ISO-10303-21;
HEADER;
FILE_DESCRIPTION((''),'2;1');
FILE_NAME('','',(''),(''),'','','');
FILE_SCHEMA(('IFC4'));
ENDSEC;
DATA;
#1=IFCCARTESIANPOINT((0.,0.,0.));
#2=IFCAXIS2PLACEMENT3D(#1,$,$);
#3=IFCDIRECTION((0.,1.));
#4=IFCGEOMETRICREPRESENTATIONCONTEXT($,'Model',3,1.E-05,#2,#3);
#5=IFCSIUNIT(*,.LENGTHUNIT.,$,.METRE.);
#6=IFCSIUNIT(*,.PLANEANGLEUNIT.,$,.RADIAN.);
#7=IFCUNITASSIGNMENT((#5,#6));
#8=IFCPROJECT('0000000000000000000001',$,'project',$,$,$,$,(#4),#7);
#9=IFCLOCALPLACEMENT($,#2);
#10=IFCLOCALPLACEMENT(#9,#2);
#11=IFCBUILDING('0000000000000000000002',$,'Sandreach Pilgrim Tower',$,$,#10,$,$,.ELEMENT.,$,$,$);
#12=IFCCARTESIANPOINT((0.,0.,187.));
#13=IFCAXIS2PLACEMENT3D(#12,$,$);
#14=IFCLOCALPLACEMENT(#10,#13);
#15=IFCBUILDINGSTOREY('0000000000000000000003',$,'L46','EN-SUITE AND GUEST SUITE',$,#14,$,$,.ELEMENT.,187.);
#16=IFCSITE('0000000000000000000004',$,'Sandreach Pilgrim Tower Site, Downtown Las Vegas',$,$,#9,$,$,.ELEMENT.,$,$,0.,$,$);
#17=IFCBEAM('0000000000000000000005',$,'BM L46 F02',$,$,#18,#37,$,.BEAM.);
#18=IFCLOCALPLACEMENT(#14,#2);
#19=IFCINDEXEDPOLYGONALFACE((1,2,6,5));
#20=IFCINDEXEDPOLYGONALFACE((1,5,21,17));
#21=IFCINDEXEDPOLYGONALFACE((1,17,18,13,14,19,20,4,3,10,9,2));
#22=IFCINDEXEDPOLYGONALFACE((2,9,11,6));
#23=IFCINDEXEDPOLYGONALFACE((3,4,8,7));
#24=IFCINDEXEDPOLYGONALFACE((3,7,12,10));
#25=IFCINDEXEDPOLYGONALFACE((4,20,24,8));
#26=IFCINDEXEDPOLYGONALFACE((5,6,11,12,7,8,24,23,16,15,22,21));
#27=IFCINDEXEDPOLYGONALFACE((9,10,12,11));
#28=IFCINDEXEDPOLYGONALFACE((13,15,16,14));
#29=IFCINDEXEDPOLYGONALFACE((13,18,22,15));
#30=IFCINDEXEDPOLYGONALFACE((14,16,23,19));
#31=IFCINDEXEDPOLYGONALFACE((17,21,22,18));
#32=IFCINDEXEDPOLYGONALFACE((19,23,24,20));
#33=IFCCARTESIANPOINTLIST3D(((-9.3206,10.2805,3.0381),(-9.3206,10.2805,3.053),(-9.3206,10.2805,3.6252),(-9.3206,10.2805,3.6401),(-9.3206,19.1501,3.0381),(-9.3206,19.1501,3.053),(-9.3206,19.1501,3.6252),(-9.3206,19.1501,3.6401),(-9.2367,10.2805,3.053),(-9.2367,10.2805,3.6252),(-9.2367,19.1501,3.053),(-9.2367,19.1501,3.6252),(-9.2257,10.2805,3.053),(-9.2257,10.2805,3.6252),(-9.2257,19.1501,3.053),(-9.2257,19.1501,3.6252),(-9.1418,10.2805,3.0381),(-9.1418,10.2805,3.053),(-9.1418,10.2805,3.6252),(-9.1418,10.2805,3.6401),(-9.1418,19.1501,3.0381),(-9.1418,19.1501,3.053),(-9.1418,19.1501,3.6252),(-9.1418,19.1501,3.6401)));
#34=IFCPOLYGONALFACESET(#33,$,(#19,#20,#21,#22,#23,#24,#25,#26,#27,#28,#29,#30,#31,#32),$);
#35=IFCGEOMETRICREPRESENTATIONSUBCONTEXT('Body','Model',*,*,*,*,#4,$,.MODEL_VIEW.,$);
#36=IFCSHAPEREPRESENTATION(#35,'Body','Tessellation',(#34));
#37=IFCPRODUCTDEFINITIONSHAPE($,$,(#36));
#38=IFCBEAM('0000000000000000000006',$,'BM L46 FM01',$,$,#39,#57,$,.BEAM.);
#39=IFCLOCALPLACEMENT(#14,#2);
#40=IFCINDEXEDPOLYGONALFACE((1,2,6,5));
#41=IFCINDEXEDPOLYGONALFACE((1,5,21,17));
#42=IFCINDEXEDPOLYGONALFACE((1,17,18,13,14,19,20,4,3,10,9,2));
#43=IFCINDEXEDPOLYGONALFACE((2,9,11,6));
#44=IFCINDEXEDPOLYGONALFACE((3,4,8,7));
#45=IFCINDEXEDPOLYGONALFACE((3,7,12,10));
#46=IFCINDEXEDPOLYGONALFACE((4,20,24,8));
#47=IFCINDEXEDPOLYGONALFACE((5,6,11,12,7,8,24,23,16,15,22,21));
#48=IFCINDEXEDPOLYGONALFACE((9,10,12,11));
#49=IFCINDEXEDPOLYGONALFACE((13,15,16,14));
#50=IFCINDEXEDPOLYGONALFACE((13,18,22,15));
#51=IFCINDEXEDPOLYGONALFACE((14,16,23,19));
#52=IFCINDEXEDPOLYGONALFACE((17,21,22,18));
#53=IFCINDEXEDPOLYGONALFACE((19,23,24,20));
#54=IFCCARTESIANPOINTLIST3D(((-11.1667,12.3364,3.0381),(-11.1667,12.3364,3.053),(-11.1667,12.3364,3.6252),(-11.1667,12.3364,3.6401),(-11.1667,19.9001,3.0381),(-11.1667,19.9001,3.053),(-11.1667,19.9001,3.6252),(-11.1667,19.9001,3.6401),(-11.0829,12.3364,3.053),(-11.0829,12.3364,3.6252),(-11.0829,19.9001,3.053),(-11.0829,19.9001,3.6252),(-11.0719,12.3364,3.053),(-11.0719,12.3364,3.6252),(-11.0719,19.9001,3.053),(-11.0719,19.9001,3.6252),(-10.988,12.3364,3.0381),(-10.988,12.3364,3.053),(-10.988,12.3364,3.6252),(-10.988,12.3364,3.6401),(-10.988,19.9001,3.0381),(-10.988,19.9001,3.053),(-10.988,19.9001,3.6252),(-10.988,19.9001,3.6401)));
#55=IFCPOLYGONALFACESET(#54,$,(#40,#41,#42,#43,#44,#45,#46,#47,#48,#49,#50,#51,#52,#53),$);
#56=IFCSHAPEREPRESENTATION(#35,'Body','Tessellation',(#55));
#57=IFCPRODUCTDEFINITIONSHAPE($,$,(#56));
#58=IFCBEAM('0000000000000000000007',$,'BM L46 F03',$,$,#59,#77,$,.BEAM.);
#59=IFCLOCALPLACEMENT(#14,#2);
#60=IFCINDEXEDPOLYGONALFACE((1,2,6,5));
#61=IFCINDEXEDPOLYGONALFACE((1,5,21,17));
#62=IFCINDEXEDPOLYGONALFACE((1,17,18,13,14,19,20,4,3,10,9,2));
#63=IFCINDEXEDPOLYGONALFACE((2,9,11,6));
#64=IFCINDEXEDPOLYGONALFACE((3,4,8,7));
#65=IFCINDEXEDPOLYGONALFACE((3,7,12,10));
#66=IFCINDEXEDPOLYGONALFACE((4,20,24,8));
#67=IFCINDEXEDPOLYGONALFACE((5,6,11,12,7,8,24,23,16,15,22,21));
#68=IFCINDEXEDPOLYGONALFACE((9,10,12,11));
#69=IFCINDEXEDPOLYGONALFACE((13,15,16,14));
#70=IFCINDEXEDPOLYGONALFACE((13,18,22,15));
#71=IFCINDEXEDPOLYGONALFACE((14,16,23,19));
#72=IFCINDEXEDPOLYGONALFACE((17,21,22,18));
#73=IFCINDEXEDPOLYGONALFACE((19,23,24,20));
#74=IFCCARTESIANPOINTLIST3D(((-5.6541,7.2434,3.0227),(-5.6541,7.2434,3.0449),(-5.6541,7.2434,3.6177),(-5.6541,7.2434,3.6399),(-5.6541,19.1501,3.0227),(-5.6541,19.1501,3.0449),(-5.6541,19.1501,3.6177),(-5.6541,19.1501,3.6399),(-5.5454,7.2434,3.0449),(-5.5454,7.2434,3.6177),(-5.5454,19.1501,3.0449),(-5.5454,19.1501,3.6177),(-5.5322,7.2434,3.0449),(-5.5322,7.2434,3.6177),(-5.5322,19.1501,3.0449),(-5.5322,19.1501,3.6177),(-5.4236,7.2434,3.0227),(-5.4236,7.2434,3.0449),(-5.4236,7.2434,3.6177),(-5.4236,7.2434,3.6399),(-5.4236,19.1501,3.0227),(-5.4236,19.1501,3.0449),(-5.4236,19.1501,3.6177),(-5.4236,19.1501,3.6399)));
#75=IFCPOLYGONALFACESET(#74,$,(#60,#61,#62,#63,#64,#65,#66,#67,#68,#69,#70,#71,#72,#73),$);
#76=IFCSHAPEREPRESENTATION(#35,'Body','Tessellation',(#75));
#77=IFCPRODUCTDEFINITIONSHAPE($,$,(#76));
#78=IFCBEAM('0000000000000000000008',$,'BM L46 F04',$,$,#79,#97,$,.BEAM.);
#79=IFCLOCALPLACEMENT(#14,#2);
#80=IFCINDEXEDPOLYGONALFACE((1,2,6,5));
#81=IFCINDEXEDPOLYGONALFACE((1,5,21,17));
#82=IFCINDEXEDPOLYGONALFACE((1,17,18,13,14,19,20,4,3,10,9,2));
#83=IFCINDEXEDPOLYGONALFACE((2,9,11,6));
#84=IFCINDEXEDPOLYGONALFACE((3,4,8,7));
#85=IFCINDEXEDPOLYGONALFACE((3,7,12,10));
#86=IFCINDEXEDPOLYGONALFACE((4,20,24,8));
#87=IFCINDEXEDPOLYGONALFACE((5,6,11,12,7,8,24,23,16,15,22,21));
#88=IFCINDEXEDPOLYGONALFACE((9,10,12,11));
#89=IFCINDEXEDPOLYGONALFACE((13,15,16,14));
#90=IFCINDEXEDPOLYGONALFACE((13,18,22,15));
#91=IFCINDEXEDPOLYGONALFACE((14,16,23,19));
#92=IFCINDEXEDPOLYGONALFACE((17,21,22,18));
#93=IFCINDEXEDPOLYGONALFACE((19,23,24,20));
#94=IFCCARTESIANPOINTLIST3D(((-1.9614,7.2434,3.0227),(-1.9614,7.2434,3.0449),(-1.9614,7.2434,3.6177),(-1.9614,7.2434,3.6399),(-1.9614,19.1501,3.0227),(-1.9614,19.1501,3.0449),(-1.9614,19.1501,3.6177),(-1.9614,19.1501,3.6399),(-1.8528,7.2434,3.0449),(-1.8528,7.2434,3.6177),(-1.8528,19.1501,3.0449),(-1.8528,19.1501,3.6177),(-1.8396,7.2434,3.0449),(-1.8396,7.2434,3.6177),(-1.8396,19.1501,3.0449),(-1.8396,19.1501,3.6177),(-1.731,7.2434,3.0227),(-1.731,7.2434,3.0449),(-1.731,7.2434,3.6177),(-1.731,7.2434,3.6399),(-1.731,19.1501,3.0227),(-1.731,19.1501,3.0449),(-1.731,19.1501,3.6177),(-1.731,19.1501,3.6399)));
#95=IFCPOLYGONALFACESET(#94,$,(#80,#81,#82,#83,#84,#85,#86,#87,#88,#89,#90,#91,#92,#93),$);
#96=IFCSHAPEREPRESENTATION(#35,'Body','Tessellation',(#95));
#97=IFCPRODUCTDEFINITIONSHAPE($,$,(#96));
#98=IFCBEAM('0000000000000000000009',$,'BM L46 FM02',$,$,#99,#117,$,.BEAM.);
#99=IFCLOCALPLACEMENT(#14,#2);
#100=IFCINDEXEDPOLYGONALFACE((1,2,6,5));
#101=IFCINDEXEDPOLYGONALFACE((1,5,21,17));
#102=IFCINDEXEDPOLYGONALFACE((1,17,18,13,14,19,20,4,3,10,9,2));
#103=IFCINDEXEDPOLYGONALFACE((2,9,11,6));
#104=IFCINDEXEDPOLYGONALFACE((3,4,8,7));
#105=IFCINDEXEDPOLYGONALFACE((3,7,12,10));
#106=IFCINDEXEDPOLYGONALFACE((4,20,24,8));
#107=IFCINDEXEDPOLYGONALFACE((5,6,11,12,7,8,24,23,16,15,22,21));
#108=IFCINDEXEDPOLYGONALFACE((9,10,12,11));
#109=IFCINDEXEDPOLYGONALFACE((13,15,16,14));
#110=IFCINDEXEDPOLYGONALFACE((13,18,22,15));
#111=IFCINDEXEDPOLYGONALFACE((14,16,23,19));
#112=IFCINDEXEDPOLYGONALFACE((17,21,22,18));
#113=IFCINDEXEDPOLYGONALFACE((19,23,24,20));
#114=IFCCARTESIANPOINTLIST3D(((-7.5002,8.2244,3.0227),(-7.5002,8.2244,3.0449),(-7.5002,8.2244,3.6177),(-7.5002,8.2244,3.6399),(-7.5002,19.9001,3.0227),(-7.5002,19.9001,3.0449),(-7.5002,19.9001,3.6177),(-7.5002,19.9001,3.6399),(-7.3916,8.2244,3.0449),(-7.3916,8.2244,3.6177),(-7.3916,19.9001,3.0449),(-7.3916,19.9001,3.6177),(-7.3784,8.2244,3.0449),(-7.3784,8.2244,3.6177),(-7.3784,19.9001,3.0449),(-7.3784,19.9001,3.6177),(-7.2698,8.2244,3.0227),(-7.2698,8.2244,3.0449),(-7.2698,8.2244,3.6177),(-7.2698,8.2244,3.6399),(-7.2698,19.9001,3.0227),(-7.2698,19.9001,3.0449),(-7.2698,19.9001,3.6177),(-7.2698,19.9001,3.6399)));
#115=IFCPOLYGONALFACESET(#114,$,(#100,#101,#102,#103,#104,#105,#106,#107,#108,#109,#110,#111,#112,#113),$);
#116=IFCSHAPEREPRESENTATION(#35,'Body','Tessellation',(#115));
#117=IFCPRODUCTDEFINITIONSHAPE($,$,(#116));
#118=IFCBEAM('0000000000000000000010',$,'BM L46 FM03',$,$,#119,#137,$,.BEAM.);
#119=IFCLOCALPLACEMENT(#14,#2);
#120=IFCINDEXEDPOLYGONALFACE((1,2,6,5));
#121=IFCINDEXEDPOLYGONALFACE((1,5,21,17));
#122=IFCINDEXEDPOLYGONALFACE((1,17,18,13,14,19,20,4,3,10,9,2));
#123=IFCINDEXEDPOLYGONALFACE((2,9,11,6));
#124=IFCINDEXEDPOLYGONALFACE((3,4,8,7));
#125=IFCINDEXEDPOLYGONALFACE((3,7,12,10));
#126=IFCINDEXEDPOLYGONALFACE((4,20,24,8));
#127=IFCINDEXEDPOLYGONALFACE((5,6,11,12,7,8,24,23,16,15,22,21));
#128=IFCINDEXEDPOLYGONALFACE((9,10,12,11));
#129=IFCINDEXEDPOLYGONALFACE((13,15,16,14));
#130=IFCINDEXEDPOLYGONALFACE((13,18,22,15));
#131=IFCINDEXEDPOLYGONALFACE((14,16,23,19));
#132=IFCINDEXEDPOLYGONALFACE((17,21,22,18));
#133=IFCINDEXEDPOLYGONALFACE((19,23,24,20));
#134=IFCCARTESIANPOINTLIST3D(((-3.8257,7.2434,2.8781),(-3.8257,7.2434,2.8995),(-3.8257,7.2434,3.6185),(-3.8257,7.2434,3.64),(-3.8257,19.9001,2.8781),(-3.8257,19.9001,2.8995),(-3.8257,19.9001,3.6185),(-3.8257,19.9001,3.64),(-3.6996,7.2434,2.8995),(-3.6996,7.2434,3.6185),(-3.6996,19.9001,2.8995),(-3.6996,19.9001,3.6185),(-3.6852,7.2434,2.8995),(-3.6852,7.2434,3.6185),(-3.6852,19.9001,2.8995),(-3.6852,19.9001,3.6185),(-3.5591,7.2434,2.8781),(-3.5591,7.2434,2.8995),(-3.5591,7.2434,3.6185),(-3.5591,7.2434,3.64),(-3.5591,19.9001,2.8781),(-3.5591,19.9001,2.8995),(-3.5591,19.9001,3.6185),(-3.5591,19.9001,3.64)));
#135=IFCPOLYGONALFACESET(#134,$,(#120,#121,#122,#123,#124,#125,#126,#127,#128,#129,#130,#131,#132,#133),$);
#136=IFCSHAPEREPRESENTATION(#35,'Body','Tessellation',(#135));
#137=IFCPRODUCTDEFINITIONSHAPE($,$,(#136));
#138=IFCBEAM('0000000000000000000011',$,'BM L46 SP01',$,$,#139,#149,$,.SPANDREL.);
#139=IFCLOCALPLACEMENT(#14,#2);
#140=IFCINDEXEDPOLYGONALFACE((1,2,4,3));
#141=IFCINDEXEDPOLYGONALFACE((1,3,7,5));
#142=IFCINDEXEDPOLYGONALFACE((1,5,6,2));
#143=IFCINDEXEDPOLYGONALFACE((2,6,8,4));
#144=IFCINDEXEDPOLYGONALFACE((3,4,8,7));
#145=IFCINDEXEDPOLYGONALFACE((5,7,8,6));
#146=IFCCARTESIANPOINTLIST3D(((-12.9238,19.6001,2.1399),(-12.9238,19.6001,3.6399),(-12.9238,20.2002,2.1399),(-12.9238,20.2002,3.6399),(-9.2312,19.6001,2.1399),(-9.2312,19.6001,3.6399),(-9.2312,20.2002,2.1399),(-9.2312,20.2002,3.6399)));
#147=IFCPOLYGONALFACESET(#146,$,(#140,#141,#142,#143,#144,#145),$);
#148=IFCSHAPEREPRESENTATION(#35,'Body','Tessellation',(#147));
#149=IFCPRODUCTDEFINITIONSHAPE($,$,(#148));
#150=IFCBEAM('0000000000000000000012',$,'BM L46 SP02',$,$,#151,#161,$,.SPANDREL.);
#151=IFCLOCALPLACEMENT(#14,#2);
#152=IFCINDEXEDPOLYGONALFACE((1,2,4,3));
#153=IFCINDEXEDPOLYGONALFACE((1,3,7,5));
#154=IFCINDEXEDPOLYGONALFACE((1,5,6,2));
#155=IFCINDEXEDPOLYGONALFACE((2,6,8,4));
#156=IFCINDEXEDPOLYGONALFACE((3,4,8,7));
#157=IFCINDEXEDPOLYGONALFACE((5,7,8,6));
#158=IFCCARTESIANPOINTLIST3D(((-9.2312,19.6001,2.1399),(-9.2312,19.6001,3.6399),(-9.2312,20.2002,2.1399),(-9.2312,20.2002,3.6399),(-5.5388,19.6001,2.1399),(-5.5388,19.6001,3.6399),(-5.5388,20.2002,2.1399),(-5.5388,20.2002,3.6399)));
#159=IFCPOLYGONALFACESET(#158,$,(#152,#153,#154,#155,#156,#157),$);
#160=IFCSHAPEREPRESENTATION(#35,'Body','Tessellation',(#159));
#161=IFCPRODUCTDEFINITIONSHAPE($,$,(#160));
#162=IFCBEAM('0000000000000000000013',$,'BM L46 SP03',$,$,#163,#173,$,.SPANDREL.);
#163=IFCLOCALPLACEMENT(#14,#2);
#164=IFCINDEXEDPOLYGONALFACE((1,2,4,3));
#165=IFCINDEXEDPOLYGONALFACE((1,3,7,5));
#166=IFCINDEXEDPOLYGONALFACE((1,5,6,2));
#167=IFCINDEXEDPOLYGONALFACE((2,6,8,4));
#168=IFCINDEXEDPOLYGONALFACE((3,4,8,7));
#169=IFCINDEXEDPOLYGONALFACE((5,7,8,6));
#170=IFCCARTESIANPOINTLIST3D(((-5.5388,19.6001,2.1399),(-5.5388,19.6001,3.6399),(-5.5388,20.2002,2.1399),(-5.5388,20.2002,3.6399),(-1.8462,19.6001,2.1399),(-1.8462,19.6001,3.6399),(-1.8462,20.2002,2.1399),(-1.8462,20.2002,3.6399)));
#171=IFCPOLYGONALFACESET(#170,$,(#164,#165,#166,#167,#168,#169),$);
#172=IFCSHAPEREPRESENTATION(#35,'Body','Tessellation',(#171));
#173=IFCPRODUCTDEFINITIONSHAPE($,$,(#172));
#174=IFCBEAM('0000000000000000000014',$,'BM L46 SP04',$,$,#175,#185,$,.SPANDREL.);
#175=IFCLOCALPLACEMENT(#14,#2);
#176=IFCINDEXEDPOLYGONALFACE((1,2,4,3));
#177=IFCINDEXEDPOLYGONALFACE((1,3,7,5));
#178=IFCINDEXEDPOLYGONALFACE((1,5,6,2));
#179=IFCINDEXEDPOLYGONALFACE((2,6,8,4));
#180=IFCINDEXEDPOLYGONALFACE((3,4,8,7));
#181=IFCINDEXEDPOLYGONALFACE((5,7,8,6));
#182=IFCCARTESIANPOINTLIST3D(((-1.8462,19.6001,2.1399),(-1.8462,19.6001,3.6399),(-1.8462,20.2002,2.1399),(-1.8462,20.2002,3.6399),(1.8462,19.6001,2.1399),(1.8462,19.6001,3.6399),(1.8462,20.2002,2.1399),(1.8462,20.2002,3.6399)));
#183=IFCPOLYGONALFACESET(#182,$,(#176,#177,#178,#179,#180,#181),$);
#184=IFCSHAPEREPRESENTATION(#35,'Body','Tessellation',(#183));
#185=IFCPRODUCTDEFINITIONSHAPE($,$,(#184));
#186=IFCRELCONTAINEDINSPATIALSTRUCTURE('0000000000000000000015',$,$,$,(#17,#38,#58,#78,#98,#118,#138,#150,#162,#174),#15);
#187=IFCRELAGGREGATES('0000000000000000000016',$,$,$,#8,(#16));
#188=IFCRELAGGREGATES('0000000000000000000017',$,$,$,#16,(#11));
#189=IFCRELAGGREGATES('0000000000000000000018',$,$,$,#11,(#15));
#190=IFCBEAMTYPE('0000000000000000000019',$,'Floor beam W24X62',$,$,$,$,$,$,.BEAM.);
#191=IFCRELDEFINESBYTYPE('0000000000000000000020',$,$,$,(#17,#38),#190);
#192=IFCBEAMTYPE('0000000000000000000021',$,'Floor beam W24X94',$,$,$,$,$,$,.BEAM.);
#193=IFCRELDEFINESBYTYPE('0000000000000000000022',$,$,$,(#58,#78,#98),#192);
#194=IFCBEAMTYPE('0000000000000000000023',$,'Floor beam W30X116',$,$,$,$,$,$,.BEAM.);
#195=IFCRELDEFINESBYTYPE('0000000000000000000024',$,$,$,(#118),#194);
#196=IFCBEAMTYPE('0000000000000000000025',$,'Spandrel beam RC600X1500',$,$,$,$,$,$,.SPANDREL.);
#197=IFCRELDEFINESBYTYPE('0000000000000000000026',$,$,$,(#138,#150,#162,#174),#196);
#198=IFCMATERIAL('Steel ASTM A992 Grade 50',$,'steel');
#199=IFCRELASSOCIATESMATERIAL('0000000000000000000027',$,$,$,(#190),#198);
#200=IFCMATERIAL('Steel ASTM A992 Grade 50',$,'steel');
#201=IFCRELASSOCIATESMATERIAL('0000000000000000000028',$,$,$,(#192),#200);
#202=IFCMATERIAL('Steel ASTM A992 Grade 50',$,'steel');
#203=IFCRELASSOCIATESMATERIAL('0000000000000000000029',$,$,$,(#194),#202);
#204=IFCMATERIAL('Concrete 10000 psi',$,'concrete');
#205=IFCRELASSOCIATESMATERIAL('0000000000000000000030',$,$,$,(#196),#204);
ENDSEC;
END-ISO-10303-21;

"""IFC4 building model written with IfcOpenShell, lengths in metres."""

from ifc_helpers import new_model, si_unit, direction, frame, origin, origin_2d, place, context, subcontext, project, spatial, rectangle, i_section, extrude, material, material_profile, profile_set, type_object, element, save


model = new_model("IFC4")

# Units and contexts
model_context = context("Model", 3, precision=1e-05, world=origin(), true_north=direction((0.0, 1.0)))
body_context = subcontext(model_context, "Body", "Model", "MODEL_VIEW")
ifc_project = project(units=[si_unit("LENGTHUNIT", "METRE"), si_unit("PLANEANGLEUNIT", "RADIAN")], contexts=[model_context])

# Site, building, storey
site_placement = place(None, origin())
site = spatial("IfcSite", under=ifc_project, at=site_placement, Name="Sandreach Pilgrim Tower Site, Downtown Las Vegas", CompositionType="ELEMENT", RefElevation=0.0)
building_placement = place(site_placement, origin())
building = spatial("IfcBuilding", under=site, at=building_placement, Name="Sandreach Pilgrim Tower", CompositionType="ELEMENT")
storey_placement = place(building_placement, frame((0.0, 0.0, 187.0)))
storey = spatial("IfcBuildingStorey", under=building, at=storey_placement, Name="L46", Description="EN-SUITE AND GUEST SUITE", CompositionType="ELEMENT", Elevation=187.0)

# Beams
ifc_material_1 = material(Name="Steel ASTM A992 Grade 50", Category="steel")
ifc_material_profile_1 = material_profile(ifc_material_1, i_section(OverallWidth=0.1787, OverallDepth=0.6021, WebThickness=0.011, FlangeThickness=0.0149, at=origin_2d()), Name="W24X62")
ifc_profile_set_1 = profile_set([ifc_material_profile_1], Name="Steel ASTM A992 Grade 50")
beam_type_1 = type_object("IfcBeamType", Name="Floor beam W24X62", PredefinedType="BEAM", material=ifc_profile_set_1)
beam_1_placement = place(storey_placement, frame((-9.2312, 19.1501, 3.3391), z_axis=(0.0, -1.0, 0.0), x_axis=(1.0, 0.0, 0.0)))
element("IfcBeam", 1, at=beam_1_placement, inside=storey, type_object=beam_type_1, Name="BM L46 F02", PredefinedType="BEAM", context=body_context, shape_type="SweptSolid", body=[
    extrude(i_section(OverallWidth=0.1787, OverallDepth=0.6021, WebThickness=0.011, FlangeThickness=0.0149, at=origin_2d()), origin(), (0.0, 0.0, 1.0), 8.8696),
])
beam_2_placement = place(storey_placement, frame((-11.0774, 19.9001, 3.3391), z_axis=(0.0, -1.0, 0.0), x_axis=(1.0, 0.0, 0.0)))
element("IfcBeam", 2, at=beam_2_placement, inside=storey, type_object=beam_type_1, Name="BM L46 FM01", PredefinedType="BEAM", context=body_context, shape_type="SweptSolid", body=[
    extrude(i_section(OverallWidth=0.1787, OverallDepth=0.6021, WebThickness=0.011, FlangeThickness=0.0149, at=origin_2d()), origin(), (0.0, 0.0, 1.0), 7.5637),
])
ifc_material_2 = material(Name="Steel ASTM A992 Grade 50", Category="steel")
ifc_material_profile_2 = material_profile(ifc_material_2, i_section(OverallWidth=0.2305, OverallDepth=0.6172, WebThickness=0.0132, FlangeThickness=0.0222, at=origin_2d()), Name="W24X94")
ifc_profile_set_2 = profile_set([ifc_material_profile_2], Name="Steel ASTM A992 Grade 50")
beam_type_2 = type_object("IfcBeamType", Name="Floor beam W24X94", PredefinedType="BEAM", material=ifc_profile_set_2)
for number, where, z_axis, x_axis, name in (
    (3, (-5.5388, 19.1501, 3.3313), (0.0, -1.0, 0.0), (1.0, 0.0, 0.0), "BM L46 F03"),
    (4, (-1.8462, 19.1501, 3.3313), (0.0, -1.0, 0.0), (1.0, 0.0, 0.0), "BM L46 F04"),
):
    element("IfcBeam", number, at=place(storey_placement, frame(where, z_axis=z_axis, x_axis=x_axis)), inside=storey, type_object=beam_type_2, Name=name, PredefinedType="BEAM", context=body_context, shape_type="SweptSolid", body=[
        extrude(i_section(OverallWidth=0.2305, OverallDepth=0.6172, WebThickness=0.0132, FlangeThickness=0.0222, at=origin_2d()), origin(), (0.0, 0.0, 1.0), 11.9067),
    ])
beam_3_placement = place(storey_placement, frame((-7.385, 19.9001, 3.3313), z_axis=(0.0, -1.0, 0.0), x_axis=(1.0, 0.0, 0.0)))
element("IfcBeam", 5, at=beam_3_placement, inside=storey, type_object=beam_type_2, Name="BM L46 FM02", PredefinedType="BEAM", context=body_context, shape_type="SweptSolid", body=[
    extrude(i_section(OverallWidth=0.2305, OverallDepth=0.6172, WebThickness=0.0132, FlangeThickness=0.0222, at=origin_2d()), origin(), (0.0, 0.0, 1.0), 11.6758),
])
ifc_material_3 = material(Name="Steel ASTM A992 Grade 50", Category="steel")
ifc_material_profile_3 = material_profile(ifc_material_3, i_section(OverallWidth=0.2666, OverallDepth=0.762, WebThickness=0.0144, FlangeThickness=0.0215, at=origin_2d()), Name="W30X116")
ifc_profile_set_3 = profile_set([ifc_material_profile_3], Name="Steel ASTM A992 Grade 50")
beam_type_3 = type_object("IfcBeamType", Name="Floor beam W30X116", PredefinedType="BEAM", material=ifc_profile_set_3)
beam_4_placement = place(storey_placement, frame((-3.6924, 19.9001, 3.259), z_axis=(0.0, -1.0, 0.0), x_axis=(1.0, 0.0, 0.0)))
element("IfcBeam", 6, at=beam_4_placement, inside=storey, type_object=beam_type_3, Name="BM L46 FM03", PredefinedType="BEAM", context=body_context, shape_type="SweptSolid", body=[
    extrude(i_section(OverallWidth=0.2666, OverallDepth=0.762, WebThickness=0.0144, FlangeThickness=0.0215, at=origin_2d()), origin(), (0.0, 0.0, 1.0), 12.6567),
])
ifc_material_4 = material(Name="Concrete 10000 psi", Category="concrete")
ifc_material_profile_4 = material_profile(ifc_material_4, rectangle(XDim=0.6001, YDim=1.5, at=origin_2d()), Name="RC600X1500")
ifc_profile_set_4 = profile_set([ifc_material_profile_4], Name="Concrete 10000 psi")
beam_type_4 = type_object("IfcBeamType", Name="Spandrel beam RC600X1500", PredefinedType="SPANDREL", material=ifc_profile_set_4)
beam_5_placement = place(storey_placement, frame((-12.9238, 19.9001, 2.8899), z_axis=(1.0, 0.0, 0.0), x_axis=(0.0, 1.0, 0.0)))
element("IfcBeam", 7, at=beam_5_placement, inside=storey, type_object=beam_type_4, Name="BM L46 SP01", PredefinedType="SPANDREL", context=body_context, shape_type="SweptSolid", body=[
    extrude(rectangle(XDim=0.6001, YDim=1.5, at=origin_2d()), origin(), (0.0, 0.0, 1.0), 3.6926),
])
beam_6_placement = place(storey_placement, frame((-9.2312, 19.9001, 2.8899), z_axis=(1.0, 0.0, 0.0), x_axis=(0.0, 1.0, 0.0)))
element("IfcBeam", 8, at=beam_6_placement, inside=storey, type_object=beam_type_4, Name="BM L46 SP02", PredefinedType="SPANDREL", context=body_context, shape_type="SweptSolid", body=[
    extrude(rectangle(XDim=0.6001, YDim=1.5, at=origin_2d()), origin(), (0.0, 0.0, 1.0), 3.6924),
])
beam_7_placement = place(storey_placement, frame((-5.5388, 19.9001, 2.8899), z_axis=(1.0, 0.0, 0.0), x_axis=(0.0, 1.0, 0.0)))
element("IfcBeam", 9, at=beam_7_placement, inside=storey, type_object=beam_type_4, Name="BM L46 SP03", PredefinedType="SPANDREL", context=body_context, shape_type="SweptSolid", body=[
    extrude(rectangle(XDim=0.6001, YDim=1.5, at=origin_2d()), origin(), (0.0, 0.0, 1.0), 3.6926),
])
beam_8_placement = place(storey_placement, frame((-1.8462, 19.9001, 2.8899), z_axis=(1.0, 0.0, 0.0), x_axis=(0.0, 1.0, 0.0)))
element("IfcBeam", 10, at=beam_8_placement, inside=storey, type_object=beam_type_4, Name="BM L46 SP04", PredefinedType="SPANDREL", context=body_context, shape_type="SweptSolid", body=[
    extrude(rectangle(XDim=0.6001, YDim=1.5, at=origin_2d()), origin(), (0.0, 0.0, 1.0), 3.6924),
])

save(model, "model.ifc")
